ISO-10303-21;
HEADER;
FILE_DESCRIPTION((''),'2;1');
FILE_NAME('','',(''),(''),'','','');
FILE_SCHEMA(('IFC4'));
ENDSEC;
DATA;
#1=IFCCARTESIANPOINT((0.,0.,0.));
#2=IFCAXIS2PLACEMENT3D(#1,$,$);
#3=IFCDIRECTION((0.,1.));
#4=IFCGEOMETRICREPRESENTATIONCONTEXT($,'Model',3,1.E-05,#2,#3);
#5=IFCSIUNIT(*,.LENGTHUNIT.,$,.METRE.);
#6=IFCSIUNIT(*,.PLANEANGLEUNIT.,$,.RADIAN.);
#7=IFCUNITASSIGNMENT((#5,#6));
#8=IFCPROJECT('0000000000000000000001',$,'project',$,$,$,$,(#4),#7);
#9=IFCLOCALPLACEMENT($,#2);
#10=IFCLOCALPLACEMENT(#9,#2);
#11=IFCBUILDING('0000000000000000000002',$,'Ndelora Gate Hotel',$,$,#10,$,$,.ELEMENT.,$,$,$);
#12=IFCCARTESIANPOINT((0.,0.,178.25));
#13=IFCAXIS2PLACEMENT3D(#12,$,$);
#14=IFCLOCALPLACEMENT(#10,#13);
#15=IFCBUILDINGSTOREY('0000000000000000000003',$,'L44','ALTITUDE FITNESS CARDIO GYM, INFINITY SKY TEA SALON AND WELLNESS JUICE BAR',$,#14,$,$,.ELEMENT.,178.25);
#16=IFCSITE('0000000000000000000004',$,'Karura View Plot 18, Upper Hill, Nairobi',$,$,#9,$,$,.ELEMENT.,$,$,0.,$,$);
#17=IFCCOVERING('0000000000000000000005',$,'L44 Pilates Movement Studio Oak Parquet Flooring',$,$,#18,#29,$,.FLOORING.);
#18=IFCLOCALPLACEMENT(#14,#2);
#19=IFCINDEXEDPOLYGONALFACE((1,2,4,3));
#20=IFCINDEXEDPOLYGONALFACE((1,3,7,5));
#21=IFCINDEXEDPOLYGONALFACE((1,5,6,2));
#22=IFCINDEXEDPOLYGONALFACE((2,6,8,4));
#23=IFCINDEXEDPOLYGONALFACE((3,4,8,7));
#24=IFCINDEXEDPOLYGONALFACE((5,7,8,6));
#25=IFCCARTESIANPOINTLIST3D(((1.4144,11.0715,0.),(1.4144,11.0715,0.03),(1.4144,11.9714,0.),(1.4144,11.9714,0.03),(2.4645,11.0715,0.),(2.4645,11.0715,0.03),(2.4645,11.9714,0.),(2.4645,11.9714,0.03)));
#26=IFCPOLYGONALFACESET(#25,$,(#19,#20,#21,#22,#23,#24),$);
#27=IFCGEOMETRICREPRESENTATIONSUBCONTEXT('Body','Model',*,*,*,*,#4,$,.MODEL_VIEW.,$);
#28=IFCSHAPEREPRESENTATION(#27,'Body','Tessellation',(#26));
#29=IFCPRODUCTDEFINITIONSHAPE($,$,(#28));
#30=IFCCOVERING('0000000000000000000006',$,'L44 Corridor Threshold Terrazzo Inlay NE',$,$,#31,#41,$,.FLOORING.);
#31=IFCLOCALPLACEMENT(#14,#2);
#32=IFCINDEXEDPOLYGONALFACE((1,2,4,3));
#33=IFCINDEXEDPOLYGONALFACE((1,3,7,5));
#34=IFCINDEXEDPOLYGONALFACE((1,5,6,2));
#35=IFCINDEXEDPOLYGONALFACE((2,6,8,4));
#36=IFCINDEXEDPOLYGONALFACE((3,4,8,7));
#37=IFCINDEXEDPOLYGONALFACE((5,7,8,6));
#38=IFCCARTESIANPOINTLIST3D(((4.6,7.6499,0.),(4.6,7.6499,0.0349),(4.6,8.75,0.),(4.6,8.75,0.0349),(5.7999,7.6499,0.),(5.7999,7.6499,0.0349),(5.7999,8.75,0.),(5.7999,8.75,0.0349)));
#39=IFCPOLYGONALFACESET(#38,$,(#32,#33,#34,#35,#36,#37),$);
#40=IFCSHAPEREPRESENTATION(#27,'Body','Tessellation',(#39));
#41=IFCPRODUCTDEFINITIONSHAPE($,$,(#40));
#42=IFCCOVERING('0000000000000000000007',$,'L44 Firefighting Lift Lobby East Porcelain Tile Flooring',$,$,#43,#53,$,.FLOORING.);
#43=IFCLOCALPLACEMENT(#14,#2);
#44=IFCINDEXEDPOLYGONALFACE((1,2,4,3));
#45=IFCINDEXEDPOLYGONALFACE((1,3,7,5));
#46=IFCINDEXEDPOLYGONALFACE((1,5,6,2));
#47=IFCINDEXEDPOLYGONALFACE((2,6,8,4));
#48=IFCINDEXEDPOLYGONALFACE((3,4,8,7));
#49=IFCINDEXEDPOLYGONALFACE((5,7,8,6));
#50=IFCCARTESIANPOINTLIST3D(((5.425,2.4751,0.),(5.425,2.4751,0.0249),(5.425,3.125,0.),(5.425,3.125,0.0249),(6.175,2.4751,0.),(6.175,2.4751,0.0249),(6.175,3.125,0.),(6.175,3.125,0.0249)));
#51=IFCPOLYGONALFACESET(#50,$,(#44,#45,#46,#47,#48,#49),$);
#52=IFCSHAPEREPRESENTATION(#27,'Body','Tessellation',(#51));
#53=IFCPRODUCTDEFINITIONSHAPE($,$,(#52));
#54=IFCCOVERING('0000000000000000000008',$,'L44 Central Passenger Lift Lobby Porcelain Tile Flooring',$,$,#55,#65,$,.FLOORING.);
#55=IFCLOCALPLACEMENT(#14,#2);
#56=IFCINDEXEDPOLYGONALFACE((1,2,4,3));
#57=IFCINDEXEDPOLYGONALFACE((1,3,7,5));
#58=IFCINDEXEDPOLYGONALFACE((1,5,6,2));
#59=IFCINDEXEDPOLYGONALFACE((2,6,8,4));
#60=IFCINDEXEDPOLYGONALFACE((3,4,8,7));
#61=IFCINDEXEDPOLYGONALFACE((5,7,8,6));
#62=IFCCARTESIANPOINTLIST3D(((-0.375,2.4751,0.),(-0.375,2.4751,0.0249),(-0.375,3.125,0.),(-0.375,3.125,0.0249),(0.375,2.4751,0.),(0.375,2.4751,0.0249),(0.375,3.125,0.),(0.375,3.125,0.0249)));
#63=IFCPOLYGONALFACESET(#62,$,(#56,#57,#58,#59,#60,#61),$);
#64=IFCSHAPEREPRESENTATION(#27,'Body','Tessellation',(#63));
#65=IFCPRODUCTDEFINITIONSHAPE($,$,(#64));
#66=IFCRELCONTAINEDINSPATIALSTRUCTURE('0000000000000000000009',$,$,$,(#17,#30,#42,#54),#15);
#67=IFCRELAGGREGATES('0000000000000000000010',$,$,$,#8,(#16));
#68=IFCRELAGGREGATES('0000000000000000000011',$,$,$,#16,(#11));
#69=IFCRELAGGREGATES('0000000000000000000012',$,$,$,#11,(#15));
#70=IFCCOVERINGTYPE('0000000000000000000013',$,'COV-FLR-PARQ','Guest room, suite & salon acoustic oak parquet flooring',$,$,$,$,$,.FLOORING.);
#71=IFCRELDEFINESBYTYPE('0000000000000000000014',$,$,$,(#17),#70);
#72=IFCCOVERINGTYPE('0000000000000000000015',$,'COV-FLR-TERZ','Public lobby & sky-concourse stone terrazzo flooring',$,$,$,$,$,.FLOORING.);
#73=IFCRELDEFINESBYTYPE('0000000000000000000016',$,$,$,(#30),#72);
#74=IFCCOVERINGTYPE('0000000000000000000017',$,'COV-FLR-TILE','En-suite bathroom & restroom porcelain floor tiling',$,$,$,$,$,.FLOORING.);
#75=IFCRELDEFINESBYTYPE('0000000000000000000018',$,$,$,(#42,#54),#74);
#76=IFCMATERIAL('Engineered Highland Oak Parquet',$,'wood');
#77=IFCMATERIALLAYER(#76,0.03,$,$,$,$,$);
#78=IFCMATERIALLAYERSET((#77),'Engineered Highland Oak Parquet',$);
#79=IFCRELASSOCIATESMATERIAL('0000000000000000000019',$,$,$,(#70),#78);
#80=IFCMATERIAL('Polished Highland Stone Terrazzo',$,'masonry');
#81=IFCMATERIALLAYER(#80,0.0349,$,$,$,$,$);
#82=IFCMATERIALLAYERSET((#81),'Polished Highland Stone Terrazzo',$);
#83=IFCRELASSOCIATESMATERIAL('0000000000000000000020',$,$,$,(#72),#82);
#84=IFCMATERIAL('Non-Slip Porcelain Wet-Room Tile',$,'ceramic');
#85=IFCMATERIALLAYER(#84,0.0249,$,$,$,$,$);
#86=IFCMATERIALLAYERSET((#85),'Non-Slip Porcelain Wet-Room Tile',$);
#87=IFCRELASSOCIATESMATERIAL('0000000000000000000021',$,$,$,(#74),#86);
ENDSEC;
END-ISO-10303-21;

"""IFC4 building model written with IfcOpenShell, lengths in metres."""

from ifc_helpers import new_model, si_unit, direction, frame, origin, origin_2d, place, context, subcontext, project, spatial, rectangle, extrude, material, layer, layer_set, type_object, element, save


model = new_model("IFC4")

# Units and contexts
model_context = context("Model", 3, precision=1e-05, world=origin(), true_north=direction((0.0, 1.0)))
body_context = subcontext(model_context, "Body", "Model", "MODEL_VIEW")
ifc_project = project(units=[si_unit("LENGTHUNIT", "METRE"), si_unit("PLANEANGLEUNIT", "RADIAN")], contexts=[model_context])

# Site, building, storey
site_placement = place(None, origin())
site = spatial("IfcSite", under=ifc_project, at=site_placement, Name="Karura View Plot 18, Upper Hill, Nairobi", CompositionType="ELEMENT", RefElevation=0.0)
building_placement = place(site_placement, origin())
building = spatial("IfcBuilding", under=site, at=building_placement, Name="Ndelora Gate Hotel", CompositionType="ELEMENT")
storey_placement = place(building_placement, frame((0.0, 0.0, 178.25)))
storey = spatial("IfcBuildingStorey", under=building, at=storey_placement, Name="L44", Description="ALTITUDE FITNESS CARDIO GYM, INFINITY SKY TEA SALON AND WELLNESS JUICE BAR", CompositionType="ELEMENT", Elevation=178.25)

# Coverings
ifc_material_1 = material(Name="Engineered Highland Oak Parquet", Category="wood")
ifc_layer_1 = layer(ifc_material_1, 0.03)
ifc_layer_set_1 = layer_set([ifc_layer_1], Name="Engineered Highland Oak Parquet")
covering_type_1 = type_object("IfcCoveringType", Name="COV-FLR-PARQ", Description="Guest room, suite & salon acoustic oak parquet flooring", PredefinedType="FLOORING", material=ifc_layer_set_1)
covering_1_placement = place(storey_placement, frame((1.9395, 11.5215, 0.0), z_axis=(0.0, 0.0, 1.0), x_axis=(1.0, 0.0, 0.0)))
element("IfcCovering", 1, at=covering_1_placement, inside=storey, type_object=covering_type_1, Name="L44 Pilates Movement Studio Oak Parquet Flooring", PredefinedType="FLOORING", context=body_context, shape_type="SweptSolid", body=[
    extrude(rectangle(XDim=1.05, YDim=0.8999, at=origin_2d()), origin(), (0.0, 0.0, 1.0), 0.03),
])
ifc_material_2 = material(Name="Polished Highland Stone Terrazzo", Category="masonry")
ifc_layer_2 = layer(ifc_material_2, 0.0349)
ifc_layer_set_2 = layer_set([ifc_layer_2], Name="Polished Highland Stone Terrazzo")
covering_type_2 = type_object("IfcCoveringType", Name="COV-FLR-TERZ", Description="Public lobby & sky-concourse stone terrazzo flooring", PredefinedType="FLOORING", material=ifc_layer_set_2)
covering_2_placement = place(storey_placement, frame((5.2, 8.2, 0.0), z_axis=(0.0, 0.0, 1.0), x_axis=(1.0, 0.0, 0.0)))
element("IfcCovering", 2, at=covering_2_placement, inside=storey, type_object=covering_type_2, Name="L44 Corridor Threshold Terrazzo Inlay NE", PredefinedType="FLOORING", context=body_context, shape_type="SweptSolid", body=[
    extrude(rectangle(XDim=1.2, YDim=1.1001, at=origin_2d()), origin(), (0.0, 0.0, 1.0), 0.0349),
])
ifc_material_3 = material(Name="Non-Slip Porcelain Wet-Room Tile", Category="ceramic")
ifc_layer_3 = layer(ifc_material_3, 0.0249)
ifc_layer_set_3 = layer_set([ifc_layer_3], Name="Non-Slip Porcelain Wet-Room Tile")
covering_type_3 = type_object("IfcCoveringType", Name="COV-FLR-TILE", Description="En-suite bathroom & restroom porcelain floor tiling", PredefinedType="FLOORING", material=ifc_layer_set_3)
for number, where, z_axis, x_axis, name in (
    (3, (5.8, 2.8, 0.0), (0.0, 0.0, 1.0), (1.0, 0.0, 0.0), "L44 Firefighting Lift Lobby East Porcelain Tile Flooring"),
    (4, (0.0, 2.8, 0.0), (0.0, 0.0, 1.0), (1.0, 0.0, 0.0), "L44 Central Passenger Lift Lobby Porcelain Tile Flooring"),
):
    element("IfcCovering", number, at=place(storey_placement, frame(where, z_axis=z_axis, x_axis=x_axis)), inside=storey, type_object=covering_type_3, Name=name, PredefinedType="FLOORING", context=body_context, shape_type="SweptSolid", body=[
        extrude(rectangle(XDim=0.75, YDim=0.6499, at=origin_2d()), origin(), (0.0, 0.0, 1.0), 0.0249),
    ])

save(model, "model.ifc")
